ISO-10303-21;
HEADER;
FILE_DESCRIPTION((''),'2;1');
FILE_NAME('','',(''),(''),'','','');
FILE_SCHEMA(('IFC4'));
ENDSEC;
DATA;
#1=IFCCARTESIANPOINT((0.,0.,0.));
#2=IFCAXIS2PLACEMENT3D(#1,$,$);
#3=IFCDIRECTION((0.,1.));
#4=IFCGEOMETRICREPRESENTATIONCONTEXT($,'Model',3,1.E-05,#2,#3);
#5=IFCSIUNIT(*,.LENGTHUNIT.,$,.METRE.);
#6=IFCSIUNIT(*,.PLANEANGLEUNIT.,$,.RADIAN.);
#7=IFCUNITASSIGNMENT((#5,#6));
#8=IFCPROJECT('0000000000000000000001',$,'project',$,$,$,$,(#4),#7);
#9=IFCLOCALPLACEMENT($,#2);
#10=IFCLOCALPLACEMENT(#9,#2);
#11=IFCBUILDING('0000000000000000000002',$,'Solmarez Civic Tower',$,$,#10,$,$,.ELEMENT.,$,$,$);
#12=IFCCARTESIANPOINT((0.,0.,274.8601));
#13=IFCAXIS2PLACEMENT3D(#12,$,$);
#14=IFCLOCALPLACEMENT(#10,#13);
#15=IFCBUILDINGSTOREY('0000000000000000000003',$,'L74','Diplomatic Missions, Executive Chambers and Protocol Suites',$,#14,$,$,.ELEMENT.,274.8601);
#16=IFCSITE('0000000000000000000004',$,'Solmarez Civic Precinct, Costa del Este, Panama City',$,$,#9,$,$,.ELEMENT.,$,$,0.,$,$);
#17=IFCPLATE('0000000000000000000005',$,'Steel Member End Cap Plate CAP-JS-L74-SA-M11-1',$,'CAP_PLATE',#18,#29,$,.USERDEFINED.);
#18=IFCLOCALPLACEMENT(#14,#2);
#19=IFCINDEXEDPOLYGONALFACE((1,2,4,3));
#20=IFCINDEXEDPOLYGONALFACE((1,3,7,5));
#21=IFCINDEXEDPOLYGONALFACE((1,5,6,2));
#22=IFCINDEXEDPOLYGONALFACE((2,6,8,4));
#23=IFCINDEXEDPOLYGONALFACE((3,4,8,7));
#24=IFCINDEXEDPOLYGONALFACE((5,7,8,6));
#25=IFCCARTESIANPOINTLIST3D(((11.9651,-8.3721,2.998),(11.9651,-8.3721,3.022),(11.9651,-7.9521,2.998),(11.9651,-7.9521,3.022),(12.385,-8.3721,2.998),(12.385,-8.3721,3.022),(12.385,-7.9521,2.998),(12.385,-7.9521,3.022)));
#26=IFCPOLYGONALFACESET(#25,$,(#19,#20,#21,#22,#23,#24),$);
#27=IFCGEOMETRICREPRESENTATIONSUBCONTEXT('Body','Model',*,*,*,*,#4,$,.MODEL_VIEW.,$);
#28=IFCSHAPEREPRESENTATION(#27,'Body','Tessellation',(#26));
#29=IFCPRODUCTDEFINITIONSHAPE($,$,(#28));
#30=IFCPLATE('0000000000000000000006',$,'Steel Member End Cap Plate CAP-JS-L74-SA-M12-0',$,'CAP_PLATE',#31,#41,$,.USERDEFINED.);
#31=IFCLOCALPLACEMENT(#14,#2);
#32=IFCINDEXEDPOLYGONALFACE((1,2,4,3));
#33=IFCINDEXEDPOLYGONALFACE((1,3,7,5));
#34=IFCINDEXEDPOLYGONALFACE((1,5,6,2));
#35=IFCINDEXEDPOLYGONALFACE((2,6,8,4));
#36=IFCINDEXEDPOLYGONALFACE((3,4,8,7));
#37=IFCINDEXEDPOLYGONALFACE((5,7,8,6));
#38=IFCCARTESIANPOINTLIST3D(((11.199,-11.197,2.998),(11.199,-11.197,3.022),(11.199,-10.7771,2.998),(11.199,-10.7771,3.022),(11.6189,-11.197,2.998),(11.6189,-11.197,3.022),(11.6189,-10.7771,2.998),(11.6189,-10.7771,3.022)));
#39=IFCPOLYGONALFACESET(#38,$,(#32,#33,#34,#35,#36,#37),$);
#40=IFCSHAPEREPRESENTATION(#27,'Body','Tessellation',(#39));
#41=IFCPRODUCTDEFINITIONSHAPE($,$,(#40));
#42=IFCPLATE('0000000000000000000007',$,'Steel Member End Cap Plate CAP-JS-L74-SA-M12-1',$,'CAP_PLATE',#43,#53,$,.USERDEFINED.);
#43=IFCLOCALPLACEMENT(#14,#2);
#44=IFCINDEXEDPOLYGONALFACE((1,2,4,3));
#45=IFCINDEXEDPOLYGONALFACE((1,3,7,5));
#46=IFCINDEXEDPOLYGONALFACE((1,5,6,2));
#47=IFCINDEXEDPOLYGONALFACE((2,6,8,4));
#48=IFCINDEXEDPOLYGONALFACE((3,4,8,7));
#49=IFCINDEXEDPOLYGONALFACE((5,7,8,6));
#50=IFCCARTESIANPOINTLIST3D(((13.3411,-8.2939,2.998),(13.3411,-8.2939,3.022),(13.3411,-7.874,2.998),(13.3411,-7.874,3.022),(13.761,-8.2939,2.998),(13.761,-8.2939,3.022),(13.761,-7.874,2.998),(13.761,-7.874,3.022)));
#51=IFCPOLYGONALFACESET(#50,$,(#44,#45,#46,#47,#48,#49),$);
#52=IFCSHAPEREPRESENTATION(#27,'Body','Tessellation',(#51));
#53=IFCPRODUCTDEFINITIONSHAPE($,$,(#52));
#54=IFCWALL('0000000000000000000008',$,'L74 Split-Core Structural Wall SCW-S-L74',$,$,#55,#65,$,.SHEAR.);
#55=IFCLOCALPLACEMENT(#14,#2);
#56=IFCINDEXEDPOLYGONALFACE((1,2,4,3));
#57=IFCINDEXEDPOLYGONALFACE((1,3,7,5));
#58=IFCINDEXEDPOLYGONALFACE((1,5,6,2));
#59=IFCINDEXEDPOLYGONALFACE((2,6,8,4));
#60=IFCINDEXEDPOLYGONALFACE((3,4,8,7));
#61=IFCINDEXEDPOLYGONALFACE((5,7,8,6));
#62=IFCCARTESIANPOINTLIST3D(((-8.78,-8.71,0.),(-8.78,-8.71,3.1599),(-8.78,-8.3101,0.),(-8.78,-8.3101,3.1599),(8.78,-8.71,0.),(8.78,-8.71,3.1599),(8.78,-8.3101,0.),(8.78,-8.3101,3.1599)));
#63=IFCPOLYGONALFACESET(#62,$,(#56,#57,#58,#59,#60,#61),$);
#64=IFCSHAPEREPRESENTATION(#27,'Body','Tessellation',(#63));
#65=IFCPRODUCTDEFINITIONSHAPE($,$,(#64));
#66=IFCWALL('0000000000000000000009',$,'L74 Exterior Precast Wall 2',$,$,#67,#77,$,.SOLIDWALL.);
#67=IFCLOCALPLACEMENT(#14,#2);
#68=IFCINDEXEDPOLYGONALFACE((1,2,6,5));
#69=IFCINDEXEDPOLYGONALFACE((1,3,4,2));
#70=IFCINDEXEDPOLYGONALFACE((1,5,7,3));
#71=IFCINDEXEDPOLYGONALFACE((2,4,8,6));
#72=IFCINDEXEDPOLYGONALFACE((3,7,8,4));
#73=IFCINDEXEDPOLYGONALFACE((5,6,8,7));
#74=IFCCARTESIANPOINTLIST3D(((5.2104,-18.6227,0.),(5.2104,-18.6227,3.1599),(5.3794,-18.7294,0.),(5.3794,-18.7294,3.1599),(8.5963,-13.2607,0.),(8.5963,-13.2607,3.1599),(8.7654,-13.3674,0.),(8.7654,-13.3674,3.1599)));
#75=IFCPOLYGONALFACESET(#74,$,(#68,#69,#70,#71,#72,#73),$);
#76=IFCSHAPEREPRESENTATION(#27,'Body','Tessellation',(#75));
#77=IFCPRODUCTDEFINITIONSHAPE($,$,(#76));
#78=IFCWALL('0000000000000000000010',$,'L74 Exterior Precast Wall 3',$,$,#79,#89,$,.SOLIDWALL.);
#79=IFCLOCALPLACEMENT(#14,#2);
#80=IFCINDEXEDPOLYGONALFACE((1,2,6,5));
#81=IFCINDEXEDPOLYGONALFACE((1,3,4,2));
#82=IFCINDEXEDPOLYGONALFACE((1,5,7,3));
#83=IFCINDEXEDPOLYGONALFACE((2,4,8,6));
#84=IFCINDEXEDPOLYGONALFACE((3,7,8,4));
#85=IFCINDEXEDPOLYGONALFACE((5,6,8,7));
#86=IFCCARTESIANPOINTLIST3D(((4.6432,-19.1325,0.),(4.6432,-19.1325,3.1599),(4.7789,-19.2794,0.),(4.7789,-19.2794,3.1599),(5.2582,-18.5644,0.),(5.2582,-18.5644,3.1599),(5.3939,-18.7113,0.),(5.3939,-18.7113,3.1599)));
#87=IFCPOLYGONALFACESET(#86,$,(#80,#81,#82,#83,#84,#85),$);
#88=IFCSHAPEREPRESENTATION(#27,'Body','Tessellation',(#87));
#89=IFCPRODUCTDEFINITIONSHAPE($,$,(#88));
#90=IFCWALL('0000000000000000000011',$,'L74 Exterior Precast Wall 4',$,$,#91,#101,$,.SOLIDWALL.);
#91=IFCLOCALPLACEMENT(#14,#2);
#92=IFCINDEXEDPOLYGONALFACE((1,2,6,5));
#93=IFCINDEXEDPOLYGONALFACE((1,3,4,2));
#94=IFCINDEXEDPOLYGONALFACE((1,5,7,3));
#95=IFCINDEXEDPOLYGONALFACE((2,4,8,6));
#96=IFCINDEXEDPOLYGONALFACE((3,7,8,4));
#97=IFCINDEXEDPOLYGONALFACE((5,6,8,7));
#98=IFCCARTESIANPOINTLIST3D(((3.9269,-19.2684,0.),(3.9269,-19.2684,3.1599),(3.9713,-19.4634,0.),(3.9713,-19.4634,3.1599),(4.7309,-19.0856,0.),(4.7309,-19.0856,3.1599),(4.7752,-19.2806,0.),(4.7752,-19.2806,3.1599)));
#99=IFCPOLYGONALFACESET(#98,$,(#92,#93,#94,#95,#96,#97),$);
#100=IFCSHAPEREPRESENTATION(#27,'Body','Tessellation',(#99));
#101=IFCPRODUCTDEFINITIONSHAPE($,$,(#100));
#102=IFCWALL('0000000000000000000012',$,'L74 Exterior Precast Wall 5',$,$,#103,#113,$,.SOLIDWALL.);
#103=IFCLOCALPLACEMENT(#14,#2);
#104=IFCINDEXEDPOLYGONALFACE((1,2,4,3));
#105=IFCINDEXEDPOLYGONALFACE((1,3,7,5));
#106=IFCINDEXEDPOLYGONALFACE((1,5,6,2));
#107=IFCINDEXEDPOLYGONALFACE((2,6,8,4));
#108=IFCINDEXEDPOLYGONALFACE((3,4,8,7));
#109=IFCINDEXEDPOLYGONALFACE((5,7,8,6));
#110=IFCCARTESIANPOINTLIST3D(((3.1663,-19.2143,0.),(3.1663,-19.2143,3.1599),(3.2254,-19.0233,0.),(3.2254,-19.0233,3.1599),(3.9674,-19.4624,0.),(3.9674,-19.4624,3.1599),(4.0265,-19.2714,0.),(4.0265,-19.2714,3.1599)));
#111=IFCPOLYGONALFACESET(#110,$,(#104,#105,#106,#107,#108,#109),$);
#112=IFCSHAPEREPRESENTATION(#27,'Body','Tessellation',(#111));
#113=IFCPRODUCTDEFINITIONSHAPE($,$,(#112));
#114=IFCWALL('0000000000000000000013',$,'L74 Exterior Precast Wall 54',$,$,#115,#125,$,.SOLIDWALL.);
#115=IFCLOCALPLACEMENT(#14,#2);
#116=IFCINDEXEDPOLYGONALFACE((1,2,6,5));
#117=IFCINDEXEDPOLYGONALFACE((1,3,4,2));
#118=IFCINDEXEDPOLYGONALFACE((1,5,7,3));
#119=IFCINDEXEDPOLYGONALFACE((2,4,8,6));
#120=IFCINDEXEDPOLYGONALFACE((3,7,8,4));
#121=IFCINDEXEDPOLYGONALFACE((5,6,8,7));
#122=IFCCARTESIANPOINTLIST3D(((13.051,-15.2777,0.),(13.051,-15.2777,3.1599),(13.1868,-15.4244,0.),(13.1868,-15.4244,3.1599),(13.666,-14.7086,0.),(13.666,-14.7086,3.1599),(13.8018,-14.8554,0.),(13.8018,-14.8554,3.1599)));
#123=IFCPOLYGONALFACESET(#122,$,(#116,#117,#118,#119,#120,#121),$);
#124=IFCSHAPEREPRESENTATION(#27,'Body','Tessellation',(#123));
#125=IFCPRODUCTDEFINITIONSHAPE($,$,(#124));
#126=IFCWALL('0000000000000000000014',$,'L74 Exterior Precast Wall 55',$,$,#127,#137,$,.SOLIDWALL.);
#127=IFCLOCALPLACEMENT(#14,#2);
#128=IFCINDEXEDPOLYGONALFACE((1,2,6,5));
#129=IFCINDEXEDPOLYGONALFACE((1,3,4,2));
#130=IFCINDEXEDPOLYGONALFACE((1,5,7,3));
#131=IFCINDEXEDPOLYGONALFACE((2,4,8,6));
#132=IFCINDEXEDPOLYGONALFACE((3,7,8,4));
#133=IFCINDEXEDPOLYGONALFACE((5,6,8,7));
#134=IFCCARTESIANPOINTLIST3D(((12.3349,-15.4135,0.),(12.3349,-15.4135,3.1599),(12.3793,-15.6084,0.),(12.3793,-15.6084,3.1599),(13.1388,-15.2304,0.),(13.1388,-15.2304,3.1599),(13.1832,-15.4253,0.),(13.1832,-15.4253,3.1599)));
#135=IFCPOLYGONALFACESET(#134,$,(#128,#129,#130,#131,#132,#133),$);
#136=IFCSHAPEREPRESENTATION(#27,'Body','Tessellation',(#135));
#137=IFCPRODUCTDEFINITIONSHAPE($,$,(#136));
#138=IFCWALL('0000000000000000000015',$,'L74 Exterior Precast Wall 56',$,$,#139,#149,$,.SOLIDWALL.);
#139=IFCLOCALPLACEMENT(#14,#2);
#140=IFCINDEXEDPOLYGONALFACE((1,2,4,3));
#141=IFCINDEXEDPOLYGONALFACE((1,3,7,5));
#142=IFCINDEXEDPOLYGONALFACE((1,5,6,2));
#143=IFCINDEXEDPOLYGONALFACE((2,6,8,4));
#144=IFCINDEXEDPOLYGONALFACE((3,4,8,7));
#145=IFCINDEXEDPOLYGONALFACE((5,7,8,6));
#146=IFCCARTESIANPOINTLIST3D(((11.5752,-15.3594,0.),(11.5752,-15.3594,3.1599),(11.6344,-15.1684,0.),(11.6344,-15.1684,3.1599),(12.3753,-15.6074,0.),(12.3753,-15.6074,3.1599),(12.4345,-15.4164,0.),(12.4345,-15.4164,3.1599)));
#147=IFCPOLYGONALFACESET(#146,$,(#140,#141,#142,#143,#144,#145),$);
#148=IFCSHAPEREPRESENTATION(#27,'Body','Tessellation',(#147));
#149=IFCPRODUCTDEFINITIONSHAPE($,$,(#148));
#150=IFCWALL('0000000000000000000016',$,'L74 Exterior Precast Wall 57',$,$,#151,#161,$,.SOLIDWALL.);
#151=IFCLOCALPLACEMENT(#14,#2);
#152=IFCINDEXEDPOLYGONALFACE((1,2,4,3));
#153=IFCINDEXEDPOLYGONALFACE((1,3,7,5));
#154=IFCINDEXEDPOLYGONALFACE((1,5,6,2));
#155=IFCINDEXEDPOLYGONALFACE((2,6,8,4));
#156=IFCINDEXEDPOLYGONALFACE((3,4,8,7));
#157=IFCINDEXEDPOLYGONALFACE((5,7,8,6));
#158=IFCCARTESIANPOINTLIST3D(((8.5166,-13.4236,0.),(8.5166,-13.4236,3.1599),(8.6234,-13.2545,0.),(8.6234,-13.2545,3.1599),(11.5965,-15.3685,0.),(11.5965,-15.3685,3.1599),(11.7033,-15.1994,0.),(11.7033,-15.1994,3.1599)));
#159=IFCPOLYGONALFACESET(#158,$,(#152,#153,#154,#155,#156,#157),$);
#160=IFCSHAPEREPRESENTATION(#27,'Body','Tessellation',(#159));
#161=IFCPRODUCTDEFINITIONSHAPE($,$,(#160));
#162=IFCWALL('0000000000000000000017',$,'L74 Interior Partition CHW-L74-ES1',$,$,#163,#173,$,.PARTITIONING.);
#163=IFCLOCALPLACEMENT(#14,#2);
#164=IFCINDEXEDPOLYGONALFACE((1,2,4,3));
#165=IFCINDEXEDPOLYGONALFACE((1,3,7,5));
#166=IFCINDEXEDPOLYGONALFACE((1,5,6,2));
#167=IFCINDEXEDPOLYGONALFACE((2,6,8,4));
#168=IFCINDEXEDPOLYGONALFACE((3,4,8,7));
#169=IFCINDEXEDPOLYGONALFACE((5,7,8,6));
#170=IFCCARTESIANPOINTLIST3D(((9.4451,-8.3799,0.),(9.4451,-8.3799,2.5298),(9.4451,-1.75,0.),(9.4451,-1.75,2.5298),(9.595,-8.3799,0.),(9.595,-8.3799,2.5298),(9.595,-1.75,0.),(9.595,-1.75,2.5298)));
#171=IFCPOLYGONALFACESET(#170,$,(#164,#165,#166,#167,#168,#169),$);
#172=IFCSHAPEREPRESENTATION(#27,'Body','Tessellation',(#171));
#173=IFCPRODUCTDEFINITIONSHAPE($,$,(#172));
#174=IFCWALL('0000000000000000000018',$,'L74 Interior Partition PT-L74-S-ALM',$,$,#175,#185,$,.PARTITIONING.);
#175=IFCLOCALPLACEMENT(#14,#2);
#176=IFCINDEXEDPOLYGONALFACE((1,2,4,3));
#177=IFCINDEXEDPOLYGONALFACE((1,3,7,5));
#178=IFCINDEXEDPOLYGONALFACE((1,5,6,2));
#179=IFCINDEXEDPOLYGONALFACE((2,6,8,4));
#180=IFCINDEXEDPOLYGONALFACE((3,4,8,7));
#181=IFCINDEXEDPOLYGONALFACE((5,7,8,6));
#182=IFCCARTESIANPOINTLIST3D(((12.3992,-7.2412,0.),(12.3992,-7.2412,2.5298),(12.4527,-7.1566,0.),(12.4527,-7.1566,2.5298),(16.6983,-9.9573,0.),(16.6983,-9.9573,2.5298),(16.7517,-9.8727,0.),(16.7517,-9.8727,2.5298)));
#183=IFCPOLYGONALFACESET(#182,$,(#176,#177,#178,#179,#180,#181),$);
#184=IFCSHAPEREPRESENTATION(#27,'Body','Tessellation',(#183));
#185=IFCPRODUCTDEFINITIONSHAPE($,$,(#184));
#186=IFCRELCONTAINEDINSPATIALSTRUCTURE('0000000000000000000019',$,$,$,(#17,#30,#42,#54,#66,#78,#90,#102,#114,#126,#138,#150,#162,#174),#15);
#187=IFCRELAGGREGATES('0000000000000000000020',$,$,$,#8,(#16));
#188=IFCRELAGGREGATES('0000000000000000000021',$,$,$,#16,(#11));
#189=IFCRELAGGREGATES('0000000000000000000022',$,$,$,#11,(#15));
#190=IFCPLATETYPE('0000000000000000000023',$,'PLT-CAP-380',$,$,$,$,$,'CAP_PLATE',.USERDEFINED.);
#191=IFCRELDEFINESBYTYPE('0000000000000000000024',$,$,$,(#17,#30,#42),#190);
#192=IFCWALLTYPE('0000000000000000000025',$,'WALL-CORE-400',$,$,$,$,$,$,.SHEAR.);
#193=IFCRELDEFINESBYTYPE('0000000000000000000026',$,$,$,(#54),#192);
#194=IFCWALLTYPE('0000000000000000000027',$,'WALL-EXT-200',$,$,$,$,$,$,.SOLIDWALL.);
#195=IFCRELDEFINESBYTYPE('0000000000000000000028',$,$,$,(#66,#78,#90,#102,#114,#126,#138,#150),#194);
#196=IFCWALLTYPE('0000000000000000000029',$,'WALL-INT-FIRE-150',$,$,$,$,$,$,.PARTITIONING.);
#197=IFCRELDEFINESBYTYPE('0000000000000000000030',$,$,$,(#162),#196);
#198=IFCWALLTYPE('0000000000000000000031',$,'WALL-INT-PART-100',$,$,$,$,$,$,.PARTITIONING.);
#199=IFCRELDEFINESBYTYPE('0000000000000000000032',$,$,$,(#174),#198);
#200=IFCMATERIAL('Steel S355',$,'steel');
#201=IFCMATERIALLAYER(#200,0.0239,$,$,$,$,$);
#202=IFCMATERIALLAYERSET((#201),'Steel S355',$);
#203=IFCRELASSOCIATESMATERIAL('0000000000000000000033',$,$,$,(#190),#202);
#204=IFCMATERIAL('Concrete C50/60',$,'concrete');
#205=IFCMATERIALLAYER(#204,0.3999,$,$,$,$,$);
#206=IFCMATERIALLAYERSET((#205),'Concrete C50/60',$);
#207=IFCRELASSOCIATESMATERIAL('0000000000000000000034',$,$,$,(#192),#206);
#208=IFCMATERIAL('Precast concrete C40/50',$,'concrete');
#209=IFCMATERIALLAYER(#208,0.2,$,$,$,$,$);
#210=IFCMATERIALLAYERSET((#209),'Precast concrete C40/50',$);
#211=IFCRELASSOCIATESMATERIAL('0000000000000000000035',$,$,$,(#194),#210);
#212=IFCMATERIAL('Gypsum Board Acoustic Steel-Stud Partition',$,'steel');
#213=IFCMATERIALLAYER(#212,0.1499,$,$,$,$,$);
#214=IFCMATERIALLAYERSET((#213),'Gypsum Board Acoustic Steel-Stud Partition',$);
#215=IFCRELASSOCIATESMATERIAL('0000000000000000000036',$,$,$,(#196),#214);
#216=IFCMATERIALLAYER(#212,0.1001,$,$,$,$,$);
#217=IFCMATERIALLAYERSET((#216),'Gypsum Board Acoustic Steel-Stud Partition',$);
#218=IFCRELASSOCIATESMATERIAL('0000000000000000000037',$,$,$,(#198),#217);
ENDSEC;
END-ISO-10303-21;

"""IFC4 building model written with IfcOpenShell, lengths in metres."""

from ifc_helpers import new_model, si_unit, direction, frame, frame_2d, origin, origin_2d, place, context, subcontext, project, spatial, rectangle, extrude, material, layer, layer_set, type_object, element, save


model = new_model("IFC4")

# Units and contexts
model_context = context("Model", 3, precision=1e-05, world=origin(), true_north=direction((0.0, 1.0)))
body_context = subcontext(model_context, "Body", "Model", "MODEL_VIEW")
ifc_project = project(units=[si_unit("LENGTHUNIT", "METRE"), si_unit("PLANEANGLEUNIT", "RADIAN")], contexts=[model_context])

# Site, building, storey
site_placement = place(None, origin())
site = spatial("IfcSite", under=ifc_project, at=site_placement, Name="Solmarez Civic Precinct, Costa del Este, Panama City", CompositionType="ELEMENT", RefElevation=0.0)
building_placement = place(site_placement, origin())
building = spatial("IfcBuilding", under=site, at=building_placement, Name="Solmarez Civic Tower", CompositionType="ELEMENT")
storey_placement = place(building_placement, frame((0.0, 0.0, 274.8601)))
storey = spatial("IfcBuildingStorey", under=building, at=storey_placement, Name="L74", Description="Diplomatic Missions, Executive Chambers and Protocol Suites", CompositionType="ELEMENT", Elevation=274.8601)

# Shared definitions
ifc_material_1 = material(Name="Concrete C50/60", Category="concrete")

# Shared definitions
ifc_material_2 = material(Name="Steel S355", Category="steel")

# Plates
ifc_layer_1 = layer(ifc_material_2, 0.0239)
ifc_layer_set_1 = layer_set([ifc_layer_1], Name="Steel S355")
plate_type = type_object("IfcPlateType", Name="PLT-CAP-380", ElementType="CAP_PLATE", PredefinedType="USERDEFINED", material=ifc_layer_set_1)
for number, where, z_axis, x_axis, name in (
    (1, (12.175, -8.1621, 2.998), (0.0, 0.0, 1.0), (1.0, 0.0, 0.0), "Steel Member End Cap Plate CAP-JS-L74-SA-M11-1"),
    (2, (11.4089, -10.9871, 2.998), (0.0, 0.0, 1.0), (1.0, 0.0, 0.0), "Steel Member End Cap Plate CAP-JS-L74-SA-M12-0"),
    (3, (13.551, -8.084, 2.998), (0.0, 0.0, 1.0), (1.0, 0.0, 0.0), "Steel Member End Cap Plate CAP-JS-L74-SA-M12-1"),
):
    element("IfcPlate", number, at=place(storey_placement, frame(where, z_axis=z_axis, x_axis=x_axis)), inside=storey, type_object=plate_type, Name=name, ObjectType="CAP_PLATE", PredefinedType="USERDEFINED", context=body_context, shape_type="SweptSolid", body=[
        extrude(rectangle(XDim=0.4199, YDim=0.4199, at=origin_2d()), origin(), (0.0, 0.0, 1.0), 0.0239),
    ])

# Walls
ifc_layer_2 = layer(ifc_material_1, 0.3999)
ifc_layer_set_2 = layer_set([ifc_layer_2], Name="Concrete C50/60")
wall_type_1 = type_object("IfcWallType", Name="WALL-CORE-400", PredefinedType="SHEAR", material=ifc_layer_set_2)
wall_1_placement = place(storey_placement, frame((8.78, -8.51, 0.0), z_axis=(0.0, 0.0, 1.0), x_axis=(-1.0, 0.0, 0.0)))
element("IfcWall", 4, at=wall_1_placement, inside=storey, type_object=wall_type_1, Name="L74 Split-Core Structural Wall SCW-S-L74", PredefinedType="SHEAR", context=body_context, shape_type="SweptSolid", body=[
    extrude(rectangle(XDim=17.5601, YDim=0.3999, at=frame_2d((8.78, 0.0))), origin(), (0.0, 0.0, 1.0), 3.1599),
])
ifc_material_3 = material(Name="Precast concrete C40/50", Category="concrete")
ifc_layer_3 = layer(ifc_material_3, 0.2)
ifc_layer_set_3 = layer_set([ifc_layer_3], Name="Precast concrete C40/50")
wall_type_2 = type_object("IfcWallType", Name="WALL-EXT-200", PredefinedType="SOLIDWALL", material=ifc_layer_set_3)
wall_2_placement = place(storey_placement, frame((8.6809, -13.314, 0.0), z_axis=(0.0, 0.0, 1.0), x_axis=(-0.533928, -0.84553, 0.0)))
element("IfcWall", 5, at=wall_2_placement, inside=storey, type_object=wall_type_2, Name="L74 Exterior Precast Wall 2", PredefinedType="SOLIDWALL", context=body_context, shape_type="SweptSolid", body=[
    extrude(rectangle(XDim=6.3416, YDim=0.2, at=frame_2d((3.1709, 0.0))), origin(), (0.0, 0.0, 1.0), 3.1599),
])
wall_3_placement = place(storey_placement, frame((5.3259, -18.6379, 0.0), z_axis=(0.0, 0.0, 1.0), x_axis=(-0.734546, -0.678559, 0.0)))
element("IfcWall", 6, at=wall_3_placement, inside=storey, type_object=wall_type_2, Name="L74 Exterior Precast Wall 3", PredefinedType="SOLIDWALL", context=body_context, shape_type="SweptSolid", body=[
    extrude(rectangle(XDim=0.8372, YDim=0.2, at=frame_2d((0.4185, 0.0))), origin(), (0.0, 0.0, 1.0), 3.1599),
])
wall_4_placement = place(storey_placement, frame((4.7529, -19.1831, 0.0), z_axis=(0.0, 0.0, 1.0), x_axis=(-0.975095, -0.221787, 0.0)))
element("IfcWall", 7, at=wall_4_placement, inside=storey, type_object=wall_type_2, Name="L74 Exterior Precast Wall 4", PredefinedType="SOLIDWALL", context=body_context, shape_type="SweptSolid", body=[
    extrude(rectangle(XDim=0.8245, YDim=0.2, at=frame_2d((0.4121, 0.0))), origin(), (0.0, 0.0, 1.0), 3.1599),
])
wall_5_placement = place(storey_placement, frame((3.9971, -19.3669, 0.0), z_axis=(0.0, 0.0, 1.0), x_axis=(-0.955249, 0.295804, 0.0)))
element("IfcWall", 8, at=wall_5_placement, inside=storey, type_object=wall_type_2, Name="L74 Exterior Precast Wall 5", PredefinedType="SOLIDWALL", context=body_context, shape_type="SweptSolid", body=[
    extrude(rectangle(XDim=0.8386, YDim=0.2, at=frame_2d((0.4194, 0.0))), origin(), (0.0, 0.0, 1.0), 3.1599),
])
wall_6_placement = place(storey_placement, frame((13.7339, -14.782, 0.0), z_axis=(0.0, 0.0, 1.0), x_axis=(-0.733965, -0.679187, 0.0)))
element("IfcWall", 9, at=wall_6_placement, inside=storey, type_object=wall_type_2, Name="L74 Exterior Precast Wall 54", PredefinedType="SOLIDWALL", context=body_context, shape_type="SweptSolid", body=[
    extrude(rectangle(XDim=0.8379, YDim=0.2, at=frame_2d((0.4189, 0.0))), origin(), (0.0, 0.0, 1.0), 3.1599),
])
wall_7_placement = place(storey_placement, frame((13.1609, -15.3279, 0.0), z_axis=(0.0, 0.0, 1.0), x_axis=(-0.975031, -0.222069, 0.0)))
element("IfcWall", 10, at=wall_7_placement, inside=storey, type_object=wall_type_2, Name="L74 Exterior Precast Wall 55", PredefinedType="SOLIDWALL", context=body_context, shape_type="SweptSolid", body=[
    extrude(rectangle(XDim=0.8245, YDim=0.2, at=frame_2d((0.4121, 0.0))), origin(), (0.0, 0.0, 1.0), 3.1599),
])
wall_8_placement = place(storey_placement, frame((12.405, -15.512, 0.0), z_axis=(0.0, 0.0, 1.0), x_axis=(-0.955147, 0.296133, 0.0)))
element("IfcWall", 11, at=wall_8_placement, inside=storey, type_object=wall_type_2, Name="L74 Exterior Precast Wall 56", PredefinedType="SOLIDWALL", context=body_context, shape_type="SweptSolid", body=[
    extrude(rectangle(XDim=0.8376, YDim=0.2, at=frame_2d((0.4189, 0.0))), origin(), (0.0, 0.0, 1.0), 3.1599),
])
wall_9_placement = place(storey_placement, frame((11.6499, -15.2839, 0.0), z_axis=(0.0, 0.0, 1.0), x_axis=(-0.84553, 0.533927, 0.0)))
element("IfcWall", 12, at=wall_9_placement, inside=storey, type_object=wall_type_2, Name="L74 Exterior Precast Wall 57", PredefinedType="SOLIDWALL", context=body_context, shape_type="SweptSolid", body=[
    extrude(rectangle(XDim=3.6426, YDim=0.2, at=frame_2d((1.8213, 0.0))), origin(), (0.0, 0.0, 1.0), 3.1599),
])
ifc_material_4 = material(Name="Gypsum Board Acoustic Steel-Stud Partition", Category="steel")
ifc_layer_4 = layer(ifc_material_4, 0.1499)
ifc_layer_set_4 = layer_set([ifc_layer_4], Name="Gypsum Board Acoustic Steel-Stud Partition")
wall_type_3 = type_object("IfcWallType", Name="WALL-INT-FIRE-150", PredefinedType="PARTITIONING", material=ifc_layer_set_4)
wall_10_placement = place(storey_placement, frame((9.52, -8.3799, 0.0), z_axis=(0.0, 0.0, 1.0), x_axis=(0.0, 1.0, 0.0)))
element("IfcWall", 13, at=wall_10_placement, inside=storey, type_object=wall_type_3, Name="L74 Interior Partition CHW-L74-ES1", PredefinedType="PARTITIONING", context=body_context, shape_type="SweptSolid", body=[
    extrude(rectangle(XDim=6.6299, YDim=0.1499, at=frame_2d((3.3149, 0.0))), origin(), (0.0, 0.0, 1.0), 2.5298),
])
ifc_layer_5 = layer(ifc_material_4, 0.1001)
ifc_layer_set_5 = layer_set([ifc_layer_5], Name="Gypsum Board Acoustic Steel-Stud Partition")
wall_type_4 = type_object("IfcWallType", Name="WALL-INT-PART-100", PredefinedType="PARTITIONING", material=ifc_layer_set_5)
wall_11_placement = place(storey_placement, frame((12.426, -7.199, 0.0), z_axis=(0.0, 0.0, 1.0), x_axis=(0.845412, -0.534114, 0.0)))
element("IfcWall", 14, at=wall_11_placement, inside=storey, type_object=wall_type_4, Name="L74 Interior Partition PT-L74-S-ALM", PredefinedType="PARTITIONING", context=body_context, shape_type="SweptSolid", body=[
    extrude(rectangle(XDim=5.0852, YDim=0.1001, at=frame_2d((2.5425, 0.0))), origin(), (0.0, 0.0, 1.0), 2.5298),
])

save(model, "model.ifc")
